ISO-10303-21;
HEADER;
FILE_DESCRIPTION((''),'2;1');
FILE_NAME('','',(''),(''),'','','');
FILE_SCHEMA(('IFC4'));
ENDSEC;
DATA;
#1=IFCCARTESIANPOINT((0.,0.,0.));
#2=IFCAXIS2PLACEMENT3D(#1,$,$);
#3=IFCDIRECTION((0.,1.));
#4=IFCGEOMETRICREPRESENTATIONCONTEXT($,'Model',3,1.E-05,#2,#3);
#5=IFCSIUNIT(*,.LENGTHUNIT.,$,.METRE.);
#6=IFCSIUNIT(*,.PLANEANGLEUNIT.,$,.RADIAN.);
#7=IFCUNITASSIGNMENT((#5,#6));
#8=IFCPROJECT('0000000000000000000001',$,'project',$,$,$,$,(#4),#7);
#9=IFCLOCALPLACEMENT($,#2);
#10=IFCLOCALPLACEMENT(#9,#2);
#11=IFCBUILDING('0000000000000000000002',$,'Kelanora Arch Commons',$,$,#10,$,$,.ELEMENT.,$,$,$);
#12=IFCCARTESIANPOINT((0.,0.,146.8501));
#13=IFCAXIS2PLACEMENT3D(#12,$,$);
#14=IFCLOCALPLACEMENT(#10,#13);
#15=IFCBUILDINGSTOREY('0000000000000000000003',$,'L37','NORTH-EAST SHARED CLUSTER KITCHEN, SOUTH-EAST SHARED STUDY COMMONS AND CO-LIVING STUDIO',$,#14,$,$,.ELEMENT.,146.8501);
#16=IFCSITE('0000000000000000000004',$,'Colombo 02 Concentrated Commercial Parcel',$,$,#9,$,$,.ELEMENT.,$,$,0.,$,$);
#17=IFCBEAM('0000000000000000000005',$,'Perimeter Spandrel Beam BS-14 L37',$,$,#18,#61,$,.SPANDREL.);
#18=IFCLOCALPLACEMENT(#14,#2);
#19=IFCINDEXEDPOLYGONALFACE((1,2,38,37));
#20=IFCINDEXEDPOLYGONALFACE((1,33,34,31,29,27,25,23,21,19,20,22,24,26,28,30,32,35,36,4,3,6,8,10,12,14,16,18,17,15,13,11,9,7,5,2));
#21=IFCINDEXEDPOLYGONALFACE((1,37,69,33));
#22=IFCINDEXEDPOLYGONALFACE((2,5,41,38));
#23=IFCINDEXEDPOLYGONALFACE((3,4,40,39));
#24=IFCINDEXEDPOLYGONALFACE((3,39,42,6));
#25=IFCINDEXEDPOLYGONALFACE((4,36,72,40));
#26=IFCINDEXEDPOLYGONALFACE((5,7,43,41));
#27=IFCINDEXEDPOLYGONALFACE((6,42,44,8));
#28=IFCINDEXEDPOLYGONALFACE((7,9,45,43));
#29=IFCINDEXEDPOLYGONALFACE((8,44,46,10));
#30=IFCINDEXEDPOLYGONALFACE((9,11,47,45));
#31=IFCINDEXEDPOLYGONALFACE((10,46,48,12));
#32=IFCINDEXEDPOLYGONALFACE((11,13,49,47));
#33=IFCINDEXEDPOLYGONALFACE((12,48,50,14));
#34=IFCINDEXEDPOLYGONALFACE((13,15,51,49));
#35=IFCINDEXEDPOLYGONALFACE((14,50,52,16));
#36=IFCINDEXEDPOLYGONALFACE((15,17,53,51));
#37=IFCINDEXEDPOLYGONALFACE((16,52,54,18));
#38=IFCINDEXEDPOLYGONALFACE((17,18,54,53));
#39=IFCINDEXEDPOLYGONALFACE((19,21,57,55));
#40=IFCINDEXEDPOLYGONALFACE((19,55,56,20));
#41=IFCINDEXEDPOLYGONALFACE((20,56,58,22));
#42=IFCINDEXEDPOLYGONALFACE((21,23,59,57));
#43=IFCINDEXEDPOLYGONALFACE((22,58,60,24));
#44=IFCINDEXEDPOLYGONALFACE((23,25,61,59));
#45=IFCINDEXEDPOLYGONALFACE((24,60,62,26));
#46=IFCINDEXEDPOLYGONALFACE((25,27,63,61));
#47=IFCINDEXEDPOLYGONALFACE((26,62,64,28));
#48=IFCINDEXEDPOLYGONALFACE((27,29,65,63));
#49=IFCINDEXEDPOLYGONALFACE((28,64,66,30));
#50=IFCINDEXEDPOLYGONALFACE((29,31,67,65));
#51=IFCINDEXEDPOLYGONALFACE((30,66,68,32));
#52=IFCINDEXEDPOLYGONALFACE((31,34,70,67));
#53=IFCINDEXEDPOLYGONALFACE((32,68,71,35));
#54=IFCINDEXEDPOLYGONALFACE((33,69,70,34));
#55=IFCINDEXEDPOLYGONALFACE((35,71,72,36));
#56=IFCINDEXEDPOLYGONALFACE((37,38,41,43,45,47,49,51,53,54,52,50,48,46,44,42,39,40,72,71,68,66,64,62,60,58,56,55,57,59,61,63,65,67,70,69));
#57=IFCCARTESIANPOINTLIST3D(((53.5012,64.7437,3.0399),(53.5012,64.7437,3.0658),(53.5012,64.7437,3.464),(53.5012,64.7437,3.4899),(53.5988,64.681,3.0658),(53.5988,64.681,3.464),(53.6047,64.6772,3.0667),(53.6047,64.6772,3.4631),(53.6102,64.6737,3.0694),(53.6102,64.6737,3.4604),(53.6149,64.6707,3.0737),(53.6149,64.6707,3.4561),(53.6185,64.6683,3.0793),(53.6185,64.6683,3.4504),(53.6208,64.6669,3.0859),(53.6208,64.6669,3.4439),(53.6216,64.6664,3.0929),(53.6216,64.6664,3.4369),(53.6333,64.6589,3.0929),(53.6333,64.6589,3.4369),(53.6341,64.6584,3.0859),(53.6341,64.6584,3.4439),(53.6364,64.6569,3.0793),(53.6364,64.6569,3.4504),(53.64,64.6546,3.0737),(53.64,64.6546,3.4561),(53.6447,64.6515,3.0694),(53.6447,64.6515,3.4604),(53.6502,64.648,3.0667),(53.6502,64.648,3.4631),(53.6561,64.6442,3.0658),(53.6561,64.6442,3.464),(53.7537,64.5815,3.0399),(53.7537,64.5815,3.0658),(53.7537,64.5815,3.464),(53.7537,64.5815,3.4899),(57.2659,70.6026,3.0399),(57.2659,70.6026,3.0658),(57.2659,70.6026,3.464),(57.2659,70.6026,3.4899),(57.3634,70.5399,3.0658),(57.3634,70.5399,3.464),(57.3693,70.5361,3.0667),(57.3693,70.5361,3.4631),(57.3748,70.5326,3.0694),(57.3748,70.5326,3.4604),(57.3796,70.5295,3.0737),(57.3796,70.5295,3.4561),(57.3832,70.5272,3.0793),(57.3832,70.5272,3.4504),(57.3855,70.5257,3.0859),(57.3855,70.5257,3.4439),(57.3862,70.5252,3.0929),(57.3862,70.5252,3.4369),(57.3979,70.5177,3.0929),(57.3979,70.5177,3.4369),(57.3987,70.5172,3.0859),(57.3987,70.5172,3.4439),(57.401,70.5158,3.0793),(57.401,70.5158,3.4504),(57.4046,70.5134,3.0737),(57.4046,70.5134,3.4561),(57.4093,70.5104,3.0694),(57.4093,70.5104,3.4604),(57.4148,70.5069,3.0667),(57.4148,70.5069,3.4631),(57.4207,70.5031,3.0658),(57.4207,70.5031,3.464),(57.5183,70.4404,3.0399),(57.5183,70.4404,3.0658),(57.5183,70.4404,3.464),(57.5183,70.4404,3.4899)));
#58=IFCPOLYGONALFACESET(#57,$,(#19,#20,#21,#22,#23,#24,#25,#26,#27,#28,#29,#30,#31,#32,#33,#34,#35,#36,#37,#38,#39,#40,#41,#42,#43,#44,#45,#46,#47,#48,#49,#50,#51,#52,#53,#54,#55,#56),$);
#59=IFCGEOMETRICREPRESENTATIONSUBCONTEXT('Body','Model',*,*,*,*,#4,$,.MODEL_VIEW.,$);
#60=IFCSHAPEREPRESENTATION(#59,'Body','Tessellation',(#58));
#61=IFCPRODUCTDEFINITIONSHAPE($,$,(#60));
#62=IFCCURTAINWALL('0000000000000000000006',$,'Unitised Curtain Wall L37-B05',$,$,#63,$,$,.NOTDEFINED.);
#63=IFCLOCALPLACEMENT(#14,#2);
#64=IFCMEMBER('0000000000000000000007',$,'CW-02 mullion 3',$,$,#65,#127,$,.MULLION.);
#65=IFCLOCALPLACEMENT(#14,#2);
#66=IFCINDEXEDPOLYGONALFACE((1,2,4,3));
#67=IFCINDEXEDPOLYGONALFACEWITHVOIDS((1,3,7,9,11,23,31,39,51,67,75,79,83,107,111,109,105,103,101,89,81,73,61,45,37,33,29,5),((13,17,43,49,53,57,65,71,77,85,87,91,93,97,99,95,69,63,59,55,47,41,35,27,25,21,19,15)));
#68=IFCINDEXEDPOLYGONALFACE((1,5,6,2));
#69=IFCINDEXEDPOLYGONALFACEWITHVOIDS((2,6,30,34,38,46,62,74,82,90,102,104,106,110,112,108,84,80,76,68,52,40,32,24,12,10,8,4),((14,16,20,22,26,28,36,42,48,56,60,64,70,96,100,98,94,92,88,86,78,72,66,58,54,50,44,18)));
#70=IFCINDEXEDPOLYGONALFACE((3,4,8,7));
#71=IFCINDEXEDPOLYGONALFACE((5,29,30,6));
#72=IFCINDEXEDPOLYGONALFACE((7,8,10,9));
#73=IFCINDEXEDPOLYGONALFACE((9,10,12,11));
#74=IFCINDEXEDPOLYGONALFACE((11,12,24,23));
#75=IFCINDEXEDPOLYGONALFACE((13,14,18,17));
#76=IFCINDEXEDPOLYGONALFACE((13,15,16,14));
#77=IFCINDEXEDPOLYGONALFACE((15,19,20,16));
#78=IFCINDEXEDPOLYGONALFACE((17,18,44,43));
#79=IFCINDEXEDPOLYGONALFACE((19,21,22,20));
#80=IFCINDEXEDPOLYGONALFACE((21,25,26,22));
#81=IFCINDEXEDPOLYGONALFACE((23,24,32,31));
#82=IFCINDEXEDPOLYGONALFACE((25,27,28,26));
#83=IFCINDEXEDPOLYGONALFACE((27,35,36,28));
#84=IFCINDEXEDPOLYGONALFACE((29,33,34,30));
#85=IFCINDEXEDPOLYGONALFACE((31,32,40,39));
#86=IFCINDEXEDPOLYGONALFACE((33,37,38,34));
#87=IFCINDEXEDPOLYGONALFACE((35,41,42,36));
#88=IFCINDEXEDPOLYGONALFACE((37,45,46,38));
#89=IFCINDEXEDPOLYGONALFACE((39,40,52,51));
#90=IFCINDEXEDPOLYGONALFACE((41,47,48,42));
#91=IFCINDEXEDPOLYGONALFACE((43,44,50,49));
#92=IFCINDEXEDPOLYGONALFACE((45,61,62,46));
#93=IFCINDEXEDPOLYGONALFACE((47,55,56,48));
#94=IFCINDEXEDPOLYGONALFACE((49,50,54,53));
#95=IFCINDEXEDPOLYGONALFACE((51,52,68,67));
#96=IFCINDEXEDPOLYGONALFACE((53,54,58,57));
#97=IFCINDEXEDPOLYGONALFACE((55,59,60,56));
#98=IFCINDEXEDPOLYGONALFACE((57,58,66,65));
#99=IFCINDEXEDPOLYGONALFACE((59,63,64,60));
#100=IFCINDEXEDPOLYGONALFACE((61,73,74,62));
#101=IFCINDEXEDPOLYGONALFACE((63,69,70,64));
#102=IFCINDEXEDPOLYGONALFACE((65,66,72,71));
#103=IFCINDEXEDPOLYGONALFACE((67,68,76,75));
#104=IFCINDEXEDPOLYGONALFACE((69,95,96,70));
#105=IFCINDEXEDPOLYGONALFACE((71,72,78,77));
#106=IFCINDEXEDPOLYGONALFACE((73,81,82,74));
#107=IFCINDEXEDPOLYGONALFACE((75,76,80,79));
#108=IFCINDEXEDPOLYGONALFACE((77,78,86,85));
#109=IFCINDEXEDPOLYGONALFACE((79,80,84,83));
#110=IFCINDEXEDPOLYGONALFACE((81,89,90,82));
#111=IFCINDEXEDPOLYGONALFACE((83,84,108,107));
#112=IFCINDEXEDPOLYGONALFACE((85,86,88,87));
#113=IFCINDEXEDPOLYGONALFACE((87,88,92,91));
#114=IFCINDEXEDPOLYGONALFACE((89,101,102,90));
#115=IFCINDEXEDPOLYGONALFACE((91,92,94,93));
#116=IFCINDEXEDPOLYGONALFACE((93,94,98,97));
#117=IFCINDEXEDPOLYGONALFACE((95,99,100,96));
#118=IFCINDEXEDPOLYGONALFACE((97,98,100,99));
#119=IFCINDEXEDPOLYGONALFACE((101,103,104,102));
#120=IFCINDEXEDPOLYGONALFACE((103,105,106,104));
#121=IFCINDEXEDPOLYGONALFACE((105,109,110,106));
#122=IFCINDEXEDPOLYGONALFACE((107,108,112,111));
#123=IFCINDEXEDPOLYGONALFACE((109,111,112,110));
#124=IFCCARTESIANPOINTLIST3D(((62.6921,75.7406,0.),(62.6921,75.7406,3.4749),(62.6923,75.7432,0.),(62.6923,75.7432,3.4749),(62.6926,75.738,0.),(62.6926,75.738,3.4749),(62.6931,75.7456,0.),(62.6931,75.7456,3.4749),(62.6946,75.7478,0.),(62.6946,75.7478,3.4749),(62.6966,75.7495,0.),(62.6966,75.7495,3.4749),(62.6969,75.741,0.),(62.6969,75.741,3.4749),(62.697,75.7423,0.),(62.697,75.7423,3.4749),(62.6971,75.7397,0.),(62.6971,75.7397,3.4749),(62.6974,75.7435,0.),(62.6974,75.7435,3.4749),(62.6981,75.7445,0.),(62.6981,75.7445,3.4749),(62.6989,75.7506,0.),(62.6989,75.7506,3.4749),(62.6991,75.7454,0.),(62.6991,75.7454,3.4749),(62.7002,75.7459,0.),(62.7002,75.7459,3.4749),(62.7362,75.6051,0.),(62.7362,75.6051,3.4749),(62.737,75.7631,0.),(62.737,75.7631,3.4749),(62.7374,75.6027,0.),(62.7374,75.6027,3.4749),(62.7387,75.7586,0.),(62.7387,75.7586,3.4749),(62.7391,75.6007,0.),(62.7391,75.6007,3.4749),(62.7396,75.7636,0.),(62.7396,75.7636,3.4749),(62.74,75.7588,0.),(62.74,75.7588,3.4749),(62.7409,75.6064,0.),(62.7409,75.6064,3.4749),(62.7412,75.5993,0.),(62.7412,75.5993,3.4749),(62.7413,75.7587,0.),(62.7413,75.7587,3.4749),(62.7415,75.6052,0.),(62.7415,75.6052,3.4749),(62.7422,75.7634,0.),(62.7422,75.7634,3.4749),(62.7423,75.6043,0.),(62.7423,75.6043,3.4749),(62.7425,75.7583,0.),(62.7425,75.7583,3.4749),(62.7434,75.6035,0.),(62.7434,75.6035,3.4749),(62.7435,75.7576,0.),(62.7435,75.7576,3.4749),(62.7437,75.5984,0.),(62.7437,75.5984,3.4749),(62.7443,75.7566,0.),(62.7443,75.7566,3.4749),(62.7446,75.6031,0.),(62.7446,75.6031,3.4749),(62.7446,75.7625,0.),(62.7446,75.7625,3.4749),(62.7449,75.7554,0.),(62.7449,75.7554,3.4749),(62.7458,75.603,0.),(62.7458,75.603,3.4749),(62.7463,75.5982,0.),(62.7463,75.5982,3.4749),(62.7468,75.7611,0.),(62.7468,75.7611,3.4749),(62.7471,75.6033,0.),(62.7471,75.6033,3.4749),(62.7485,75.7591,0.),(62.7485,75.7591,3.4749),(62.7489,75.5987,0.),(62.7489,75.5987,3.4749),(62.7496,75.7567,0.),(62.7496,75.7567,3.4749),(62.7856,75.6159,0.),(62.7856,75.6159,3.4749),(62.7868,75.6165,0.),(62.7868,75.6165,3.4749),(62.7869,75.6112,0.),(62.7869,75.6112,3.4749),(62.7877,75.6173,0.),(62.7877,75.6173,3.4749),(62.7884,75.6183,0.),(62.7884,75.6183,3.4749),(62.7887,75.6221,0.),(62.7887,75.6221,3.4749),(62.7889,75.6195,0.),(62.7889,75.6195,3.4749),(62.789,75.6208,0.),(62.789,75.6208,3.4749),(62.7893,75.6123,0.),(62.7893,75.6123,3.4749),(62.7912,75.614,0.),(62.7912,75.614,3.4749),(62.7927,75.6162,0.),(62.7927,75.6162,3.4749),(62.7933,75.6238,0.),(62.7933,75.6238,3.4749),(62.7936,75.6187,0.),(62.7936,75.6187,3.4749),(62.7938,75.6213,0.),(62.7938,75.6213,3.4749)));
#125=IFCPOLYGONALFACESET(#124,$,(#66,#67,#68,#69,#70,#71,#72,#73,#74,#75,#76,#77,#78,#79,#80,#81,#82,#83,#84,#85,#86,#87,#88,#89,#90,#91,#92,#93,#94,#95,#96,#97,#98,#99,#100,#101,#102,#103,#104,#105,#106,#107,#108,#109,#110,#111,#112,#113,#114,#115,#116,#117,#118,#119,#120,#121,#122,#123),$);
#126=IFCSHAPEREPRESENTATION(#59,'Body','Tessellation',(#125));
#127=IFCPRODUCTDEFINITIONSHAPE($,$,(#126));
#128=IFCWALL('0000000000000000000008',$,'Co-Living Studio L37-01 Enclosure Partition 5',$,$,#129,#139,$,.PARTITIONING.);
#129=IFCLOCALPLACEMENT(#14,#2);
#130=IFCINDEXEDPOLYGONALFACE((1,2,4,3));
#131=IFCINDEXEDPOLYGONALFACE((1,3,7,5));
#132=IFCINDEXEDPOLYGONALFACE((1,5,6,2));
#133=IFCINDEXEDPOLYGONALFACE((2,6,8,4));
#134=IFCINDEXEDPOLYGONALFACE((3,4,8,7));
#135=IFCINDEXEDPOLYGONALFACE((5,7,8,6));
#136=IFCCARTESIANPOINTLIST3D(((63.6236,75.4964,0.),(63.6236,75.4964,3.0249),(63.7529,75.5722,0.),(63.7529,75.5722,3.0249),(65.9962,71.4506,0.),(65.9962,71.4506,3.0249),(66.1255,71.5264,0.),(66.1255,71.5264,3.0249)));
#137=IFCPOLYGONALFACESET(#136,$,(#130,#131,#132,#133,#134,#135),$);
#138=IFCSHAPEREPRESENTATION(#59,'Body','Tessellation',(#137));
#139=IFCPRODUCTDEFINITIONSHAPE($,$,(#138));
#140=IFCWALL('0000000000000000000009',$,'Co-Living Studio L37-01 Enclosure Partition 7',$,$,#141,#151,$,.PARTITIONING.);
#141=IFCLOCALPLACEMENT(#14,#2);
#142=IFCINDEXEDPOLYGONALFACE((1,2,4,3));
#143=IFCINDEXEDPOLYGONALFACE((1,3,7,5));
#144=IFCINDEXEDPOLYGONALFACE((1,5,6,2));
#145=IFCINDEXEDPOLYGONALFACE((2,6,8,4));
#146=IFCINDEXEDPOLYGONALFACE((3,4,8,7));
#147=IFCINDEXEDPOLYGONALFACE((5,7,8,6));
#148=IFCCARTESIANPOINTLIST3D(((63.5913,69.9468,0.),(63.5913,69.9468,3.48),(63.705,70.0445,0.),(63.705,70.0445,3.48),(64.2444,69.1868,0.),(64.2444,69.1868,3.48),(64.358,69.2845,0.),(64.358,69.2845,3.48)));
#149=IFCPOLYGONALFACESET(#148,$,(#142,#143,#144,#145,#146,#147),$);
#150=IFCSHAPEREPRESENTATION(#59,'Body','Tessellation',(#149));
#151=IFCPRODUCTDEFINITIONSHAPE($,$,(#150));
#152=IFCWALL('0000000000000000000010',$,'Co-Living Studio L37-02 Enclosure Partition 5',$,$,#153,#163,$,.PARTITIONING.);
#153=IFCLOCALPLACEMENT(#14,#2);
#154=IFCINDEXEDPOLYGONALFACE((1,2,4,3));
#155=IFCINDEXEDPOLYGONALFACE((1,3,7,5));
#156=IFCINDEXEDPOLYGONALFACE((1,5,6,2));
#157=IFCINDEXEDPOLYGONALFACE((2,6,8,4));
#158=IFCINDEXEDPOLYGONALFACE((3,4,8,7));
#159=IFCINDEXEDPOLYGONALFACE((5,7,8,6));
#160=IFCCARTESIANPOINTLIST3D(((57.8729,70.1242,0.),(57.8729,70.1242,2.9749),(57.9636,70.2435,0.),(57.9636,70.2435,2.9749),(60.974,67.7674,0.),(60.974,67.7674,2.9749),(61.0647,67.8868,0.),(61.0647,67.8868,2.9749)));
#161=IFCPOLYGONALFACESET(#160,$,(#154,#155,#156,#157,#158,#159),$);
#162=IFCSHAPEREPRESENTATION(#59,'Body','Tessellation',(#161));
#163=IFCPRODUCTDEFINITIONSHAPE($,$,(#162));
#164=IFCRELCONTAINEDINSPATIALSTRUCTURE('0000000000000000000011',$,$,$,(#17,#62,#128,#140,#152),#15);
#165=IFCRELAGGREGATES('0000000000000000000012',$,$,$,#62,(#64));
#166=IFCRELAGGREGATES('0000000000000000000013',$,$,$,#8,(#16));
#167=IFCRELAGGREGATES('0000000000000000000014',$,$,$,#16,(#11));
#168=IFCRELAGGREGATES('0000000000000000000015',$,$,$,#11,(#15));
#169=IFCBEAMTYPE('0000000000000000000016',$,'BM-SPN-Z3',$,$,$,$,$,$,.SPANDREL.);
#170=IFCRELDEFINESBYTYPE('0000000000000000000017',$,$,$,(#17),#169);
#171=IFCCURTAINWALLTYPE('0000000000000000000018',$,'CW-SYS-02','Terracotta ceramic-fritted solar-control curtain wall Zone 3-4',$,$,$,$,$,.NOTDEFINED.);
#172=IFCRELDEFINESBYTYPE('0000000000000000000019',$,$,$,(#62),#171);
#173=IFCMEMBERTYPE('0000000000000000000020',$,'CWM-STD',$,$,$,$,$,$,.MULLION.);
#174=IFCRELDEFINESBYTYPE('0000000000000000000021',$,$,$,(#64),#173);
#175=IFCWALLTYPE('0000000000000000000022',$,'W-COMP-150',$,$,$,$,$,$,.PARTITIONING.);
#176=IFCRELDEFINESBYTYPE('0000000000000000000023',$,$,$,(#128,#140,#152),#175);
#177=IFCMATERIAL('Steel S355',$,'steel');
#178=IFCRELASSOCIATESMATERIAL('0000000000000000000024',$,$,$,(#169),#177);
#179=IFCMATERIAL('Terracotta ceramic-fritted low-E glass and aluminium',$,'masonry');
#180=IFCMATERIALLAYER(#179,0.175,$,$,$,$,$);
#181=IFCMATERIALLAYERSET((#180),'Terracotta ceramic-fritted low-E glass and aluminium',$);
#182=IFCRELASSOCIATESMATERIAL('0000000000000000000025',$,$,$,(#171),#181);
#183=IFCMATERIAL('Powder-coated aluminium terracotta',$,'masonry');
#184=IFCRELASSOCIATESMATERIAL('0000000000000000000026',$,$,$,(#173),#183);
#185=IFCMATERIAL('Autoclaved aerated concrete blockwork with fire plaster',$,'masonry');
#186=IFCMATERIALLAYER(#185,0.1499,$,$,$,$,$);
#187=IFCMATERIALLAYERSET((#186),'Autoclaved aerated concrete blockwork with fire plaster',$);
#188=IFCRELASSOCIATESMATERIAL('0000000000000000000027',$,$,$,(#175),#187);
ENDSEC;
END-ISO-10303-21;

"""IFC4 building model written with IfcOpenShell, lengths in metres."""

from ifc_helpers import new_model, si_unit, direction, frame, frame_2d, origin, origin_2d, place, context, subcontext, project, spatial, rectangle, hollow_rectangle, i_section, extrude, material, layer, layer_set, material_profile, profile_set, type_object, element, aggregate, save


model = new_model("IFC4")

# Units and contexts
model_context = context("Model", 3, precision=1e-05, world=origin(), true_north=direction((0.0, 1.0)))
body_context = subcontext(model_context, "Body", "Model", "MODEL_VIEW")
ifc_project = project(units=[si_unit("LENGTHUNIT", "METRE"), si_unit("PLANEANGLEUNIT", "RADIAN")], contexts=[model_context])

# Site, building, storey
site_placement = place(None, origin())
site = spatial("IfcSite", under=ifc_project, at=site_placement, Name="Colombo 02 Concentrated Commercial Parcel", CompositionType="ELEMENT", RefElevation=0.0)
building_placement = place(site_placement, origin())
building = spatial("IfcBuilding", under=site, at=building_placement, Name="Kelanora Arch Commons", CompositionType="ELEMENT")
storey_placement = place(building_placement, frame((0.0, 0.0, 146.8501)))
storey = spatial("IfcBuildingStorey", under=building, at=storey_placement, Name="L37", Description="NORTH-EAST SHARED CLUSTER KITCHEN, SOUTH-EAST SHARED STUDY COMMONS AND CO-LIVING STUDIO", CompositionType="ELEMENT", Elevation=146.8501)

# Beam
ifc_material_1 = material(Name="Steel S355", Category="steel")
ifc_material_profile_1 = material_profile(ifc_material_1, i_section(OverallWidth=0.3, OverallDepth=0.45, WebThickness=0.0139, FlangeThickness=0.0259, FilletRadius=0.0271, at=origin_2d()), Name="HEB450")
ifc_profile_set_1 = profile_set([ifc_material_profile_1], Name="Steel S355")
beam_type_1 = type_object("IfcBeamType", Name="BM-SPN-Z3", PredefinedType="SPANDREL", material=ifc_profile_set_1)
beam_1_placement = place(storey_placement, frame((57.3921, 70.5215, 3.2649), z_axis=(-0.540577, -0.841295, 0.0), x_axis=(0.841295, -0.540577, 0.0)))
element("IfcBeam", 1, at=beam_1_placement, inside=storey, type_object=beam_type_1, Name="Perimeter Spandrel Beam BS-14 L37", PredefinedType="SPANDREL", context=body_context, shape_type="SweptSolid", body=[
    extrude(i_section(OverallWidth=0.3, OverallDepth=0.45, WebThickness=0.0139, FlangeThickness=0.0259, FilletRadius=0.0271, at=origin_2d()), origin(), (0.0, 0.0, 1.0), 6.9641),
])

# Curtain wall, member
ifc_material_2 = material(Name="Terracotta ceramic-fritted low-E glass and aluminium", Category="masonry")
ifc_layer_1 = layer(ifc_material_2, 0.175)
ifc_layer_set_1 = layer_set([ifc_layer_1], Name="Terracotta ceramic-fritted low-E glass and aluminium")
curtain_wall_type = type_object("IfcCurtainWallType", Name="CW-SYS-02", Description="Terracotta ceramic-fritted solar-control curtain wall Zone 3-4", PredefinedType="NOTDEFINED", material=ifc_layer_set_1)
curtain_wall_placement = place(storey_placement, origin())
curtain_wall = element("IfcCurtainWall", 2, at=curtain_wall_placement, inside=storey, type_object=curtain_wall_type, Name="Unitised Curtain Wall L37-B05", PredefinedType="NOTDEFINED")
ifc_material_3 = material(Name="Powder-coated aluminium terracotta", Category="masonry")
ifc_material_profile_2 = material_profile(ifc_material_3, hollow_rectangle(XDim=0.1599, YDim=0.0601, WallThickness=0.0049, InnerFilletRadius=0.0049, OuterFilletRadius=0.01, at=origin_2d()), Name="CWM160x60")
ifc_profile_set_2 = profile_set([ifc_material_profile_2], Name="Powder-coated aluminium terracotta")
member_type = type_object("IfcMemberType", Name="CWM-STD", PredefinedType="MULLION", material=ifc_profile_set_2)
member_placement = place(storey_placement, frame((62.7429, 75.6809, 0.0), z_axis=(0.0, 0.0, 1.0), x_axis=(0.312128, -0.95004, 0.0)))
member = element("IfcMember", 3, at=member_placement, type_object=member_type, Name="CW-02 mullion 3", PredefinedType="MULLION", context=body_context, shape_type="SweptSolid", body=[
    extrude(hollow_rectangle(XDim=0.1599, YDim=0.0601, WallThickness=0.0049, InnerFilletRadius=0.0049, OuterFilletRadius=0.01, at=origin_2d()), origin(), (0.0, 0.0, 1.0), 3.4749),
])
aggregate(curtain_wall, [member])

# Walls
ifc_material_4 = material(Name="Autoclaved aerated concrete blockwork with fire plaster", Category="masonry")
ifc_layer_2 = layer(ifc_material_4, 0.1499)
ifc_layer_set_2 = layer_set([ifc_layer_2], Name="Autoclaved aerated concrete blockwork with fire plaster")
wall_type_1 = type_object("IfcWallType", Name="W-COMP-150", PredefinedType="PARTITIONING", material=ifc_layer_set_2)
wall_1_placement = place(storey_placement, frame((63.6882, 75.5344, 0.0), z_axis=(0.0, 0.0, 1.0), x_axis=(0.50585, -0.862621, 0.0)))
element("IfcWall", 4, at=wall_1_placement, inside=storey, type_object=wall_type_1, Name="Co-Living Studio L37-01 Enclosure Partition 5", PredefinedType="PARTITIONING", context=body_context, shape_type="SweptSolid", body=[
    extrude(rectangle(XDim=4.6902, YDim=0.1499, at=frame_2d((2.3452, 0.0))), origin(), (0.0, 0.0, 1.0), 3.0249),
])
wall_2_placement = place(storey_placement, frame((63.6482, 69.9956, 0.0), z_axis=(0.0, 0.0, 1.0), x_axis=(0.651734, -0.758448, 0.0)))
element("IfcWall", 5, at=wall_2_placement, inside=storey, type_object=wall_type_1, Name="Co-Living Studio L37-01 Enclosure Partition 7", PredefinedType="PARTITIONING", context=body_context, shape_type="SweptSolid", body=[
    extrude(rectangle(XDim=1.002, YDim=0.1499, at=frame_2d((0.501, 0.0))), origin(), (0.0, 0.0, 1.0), 3.48),
])
wall_3_placement = place(storey_placement, frame((57.9182, 70.1838, 0.0), z_axis=(0.0, 0.0, 1.0), x_axis=(0.796178, -0.605063, 0.0)))
element("IfcWall", 6, at=wall_3_placement, inside=storey, type_object=wall_type_1, Name="Co-Living Studio L37-02 Enclosure Partition 5", PredefinedType="PARTITIONING", context=body_context, shape_type="SweptSolid", body=[
    extrude(rectangle(XDim=3.895, YDim=0.1499, at=frame_2d((1.9475, 0.0))), origin(), (0.0, 0.0, 1.0), 2.9749),
])

save(model, "model.ifc")
